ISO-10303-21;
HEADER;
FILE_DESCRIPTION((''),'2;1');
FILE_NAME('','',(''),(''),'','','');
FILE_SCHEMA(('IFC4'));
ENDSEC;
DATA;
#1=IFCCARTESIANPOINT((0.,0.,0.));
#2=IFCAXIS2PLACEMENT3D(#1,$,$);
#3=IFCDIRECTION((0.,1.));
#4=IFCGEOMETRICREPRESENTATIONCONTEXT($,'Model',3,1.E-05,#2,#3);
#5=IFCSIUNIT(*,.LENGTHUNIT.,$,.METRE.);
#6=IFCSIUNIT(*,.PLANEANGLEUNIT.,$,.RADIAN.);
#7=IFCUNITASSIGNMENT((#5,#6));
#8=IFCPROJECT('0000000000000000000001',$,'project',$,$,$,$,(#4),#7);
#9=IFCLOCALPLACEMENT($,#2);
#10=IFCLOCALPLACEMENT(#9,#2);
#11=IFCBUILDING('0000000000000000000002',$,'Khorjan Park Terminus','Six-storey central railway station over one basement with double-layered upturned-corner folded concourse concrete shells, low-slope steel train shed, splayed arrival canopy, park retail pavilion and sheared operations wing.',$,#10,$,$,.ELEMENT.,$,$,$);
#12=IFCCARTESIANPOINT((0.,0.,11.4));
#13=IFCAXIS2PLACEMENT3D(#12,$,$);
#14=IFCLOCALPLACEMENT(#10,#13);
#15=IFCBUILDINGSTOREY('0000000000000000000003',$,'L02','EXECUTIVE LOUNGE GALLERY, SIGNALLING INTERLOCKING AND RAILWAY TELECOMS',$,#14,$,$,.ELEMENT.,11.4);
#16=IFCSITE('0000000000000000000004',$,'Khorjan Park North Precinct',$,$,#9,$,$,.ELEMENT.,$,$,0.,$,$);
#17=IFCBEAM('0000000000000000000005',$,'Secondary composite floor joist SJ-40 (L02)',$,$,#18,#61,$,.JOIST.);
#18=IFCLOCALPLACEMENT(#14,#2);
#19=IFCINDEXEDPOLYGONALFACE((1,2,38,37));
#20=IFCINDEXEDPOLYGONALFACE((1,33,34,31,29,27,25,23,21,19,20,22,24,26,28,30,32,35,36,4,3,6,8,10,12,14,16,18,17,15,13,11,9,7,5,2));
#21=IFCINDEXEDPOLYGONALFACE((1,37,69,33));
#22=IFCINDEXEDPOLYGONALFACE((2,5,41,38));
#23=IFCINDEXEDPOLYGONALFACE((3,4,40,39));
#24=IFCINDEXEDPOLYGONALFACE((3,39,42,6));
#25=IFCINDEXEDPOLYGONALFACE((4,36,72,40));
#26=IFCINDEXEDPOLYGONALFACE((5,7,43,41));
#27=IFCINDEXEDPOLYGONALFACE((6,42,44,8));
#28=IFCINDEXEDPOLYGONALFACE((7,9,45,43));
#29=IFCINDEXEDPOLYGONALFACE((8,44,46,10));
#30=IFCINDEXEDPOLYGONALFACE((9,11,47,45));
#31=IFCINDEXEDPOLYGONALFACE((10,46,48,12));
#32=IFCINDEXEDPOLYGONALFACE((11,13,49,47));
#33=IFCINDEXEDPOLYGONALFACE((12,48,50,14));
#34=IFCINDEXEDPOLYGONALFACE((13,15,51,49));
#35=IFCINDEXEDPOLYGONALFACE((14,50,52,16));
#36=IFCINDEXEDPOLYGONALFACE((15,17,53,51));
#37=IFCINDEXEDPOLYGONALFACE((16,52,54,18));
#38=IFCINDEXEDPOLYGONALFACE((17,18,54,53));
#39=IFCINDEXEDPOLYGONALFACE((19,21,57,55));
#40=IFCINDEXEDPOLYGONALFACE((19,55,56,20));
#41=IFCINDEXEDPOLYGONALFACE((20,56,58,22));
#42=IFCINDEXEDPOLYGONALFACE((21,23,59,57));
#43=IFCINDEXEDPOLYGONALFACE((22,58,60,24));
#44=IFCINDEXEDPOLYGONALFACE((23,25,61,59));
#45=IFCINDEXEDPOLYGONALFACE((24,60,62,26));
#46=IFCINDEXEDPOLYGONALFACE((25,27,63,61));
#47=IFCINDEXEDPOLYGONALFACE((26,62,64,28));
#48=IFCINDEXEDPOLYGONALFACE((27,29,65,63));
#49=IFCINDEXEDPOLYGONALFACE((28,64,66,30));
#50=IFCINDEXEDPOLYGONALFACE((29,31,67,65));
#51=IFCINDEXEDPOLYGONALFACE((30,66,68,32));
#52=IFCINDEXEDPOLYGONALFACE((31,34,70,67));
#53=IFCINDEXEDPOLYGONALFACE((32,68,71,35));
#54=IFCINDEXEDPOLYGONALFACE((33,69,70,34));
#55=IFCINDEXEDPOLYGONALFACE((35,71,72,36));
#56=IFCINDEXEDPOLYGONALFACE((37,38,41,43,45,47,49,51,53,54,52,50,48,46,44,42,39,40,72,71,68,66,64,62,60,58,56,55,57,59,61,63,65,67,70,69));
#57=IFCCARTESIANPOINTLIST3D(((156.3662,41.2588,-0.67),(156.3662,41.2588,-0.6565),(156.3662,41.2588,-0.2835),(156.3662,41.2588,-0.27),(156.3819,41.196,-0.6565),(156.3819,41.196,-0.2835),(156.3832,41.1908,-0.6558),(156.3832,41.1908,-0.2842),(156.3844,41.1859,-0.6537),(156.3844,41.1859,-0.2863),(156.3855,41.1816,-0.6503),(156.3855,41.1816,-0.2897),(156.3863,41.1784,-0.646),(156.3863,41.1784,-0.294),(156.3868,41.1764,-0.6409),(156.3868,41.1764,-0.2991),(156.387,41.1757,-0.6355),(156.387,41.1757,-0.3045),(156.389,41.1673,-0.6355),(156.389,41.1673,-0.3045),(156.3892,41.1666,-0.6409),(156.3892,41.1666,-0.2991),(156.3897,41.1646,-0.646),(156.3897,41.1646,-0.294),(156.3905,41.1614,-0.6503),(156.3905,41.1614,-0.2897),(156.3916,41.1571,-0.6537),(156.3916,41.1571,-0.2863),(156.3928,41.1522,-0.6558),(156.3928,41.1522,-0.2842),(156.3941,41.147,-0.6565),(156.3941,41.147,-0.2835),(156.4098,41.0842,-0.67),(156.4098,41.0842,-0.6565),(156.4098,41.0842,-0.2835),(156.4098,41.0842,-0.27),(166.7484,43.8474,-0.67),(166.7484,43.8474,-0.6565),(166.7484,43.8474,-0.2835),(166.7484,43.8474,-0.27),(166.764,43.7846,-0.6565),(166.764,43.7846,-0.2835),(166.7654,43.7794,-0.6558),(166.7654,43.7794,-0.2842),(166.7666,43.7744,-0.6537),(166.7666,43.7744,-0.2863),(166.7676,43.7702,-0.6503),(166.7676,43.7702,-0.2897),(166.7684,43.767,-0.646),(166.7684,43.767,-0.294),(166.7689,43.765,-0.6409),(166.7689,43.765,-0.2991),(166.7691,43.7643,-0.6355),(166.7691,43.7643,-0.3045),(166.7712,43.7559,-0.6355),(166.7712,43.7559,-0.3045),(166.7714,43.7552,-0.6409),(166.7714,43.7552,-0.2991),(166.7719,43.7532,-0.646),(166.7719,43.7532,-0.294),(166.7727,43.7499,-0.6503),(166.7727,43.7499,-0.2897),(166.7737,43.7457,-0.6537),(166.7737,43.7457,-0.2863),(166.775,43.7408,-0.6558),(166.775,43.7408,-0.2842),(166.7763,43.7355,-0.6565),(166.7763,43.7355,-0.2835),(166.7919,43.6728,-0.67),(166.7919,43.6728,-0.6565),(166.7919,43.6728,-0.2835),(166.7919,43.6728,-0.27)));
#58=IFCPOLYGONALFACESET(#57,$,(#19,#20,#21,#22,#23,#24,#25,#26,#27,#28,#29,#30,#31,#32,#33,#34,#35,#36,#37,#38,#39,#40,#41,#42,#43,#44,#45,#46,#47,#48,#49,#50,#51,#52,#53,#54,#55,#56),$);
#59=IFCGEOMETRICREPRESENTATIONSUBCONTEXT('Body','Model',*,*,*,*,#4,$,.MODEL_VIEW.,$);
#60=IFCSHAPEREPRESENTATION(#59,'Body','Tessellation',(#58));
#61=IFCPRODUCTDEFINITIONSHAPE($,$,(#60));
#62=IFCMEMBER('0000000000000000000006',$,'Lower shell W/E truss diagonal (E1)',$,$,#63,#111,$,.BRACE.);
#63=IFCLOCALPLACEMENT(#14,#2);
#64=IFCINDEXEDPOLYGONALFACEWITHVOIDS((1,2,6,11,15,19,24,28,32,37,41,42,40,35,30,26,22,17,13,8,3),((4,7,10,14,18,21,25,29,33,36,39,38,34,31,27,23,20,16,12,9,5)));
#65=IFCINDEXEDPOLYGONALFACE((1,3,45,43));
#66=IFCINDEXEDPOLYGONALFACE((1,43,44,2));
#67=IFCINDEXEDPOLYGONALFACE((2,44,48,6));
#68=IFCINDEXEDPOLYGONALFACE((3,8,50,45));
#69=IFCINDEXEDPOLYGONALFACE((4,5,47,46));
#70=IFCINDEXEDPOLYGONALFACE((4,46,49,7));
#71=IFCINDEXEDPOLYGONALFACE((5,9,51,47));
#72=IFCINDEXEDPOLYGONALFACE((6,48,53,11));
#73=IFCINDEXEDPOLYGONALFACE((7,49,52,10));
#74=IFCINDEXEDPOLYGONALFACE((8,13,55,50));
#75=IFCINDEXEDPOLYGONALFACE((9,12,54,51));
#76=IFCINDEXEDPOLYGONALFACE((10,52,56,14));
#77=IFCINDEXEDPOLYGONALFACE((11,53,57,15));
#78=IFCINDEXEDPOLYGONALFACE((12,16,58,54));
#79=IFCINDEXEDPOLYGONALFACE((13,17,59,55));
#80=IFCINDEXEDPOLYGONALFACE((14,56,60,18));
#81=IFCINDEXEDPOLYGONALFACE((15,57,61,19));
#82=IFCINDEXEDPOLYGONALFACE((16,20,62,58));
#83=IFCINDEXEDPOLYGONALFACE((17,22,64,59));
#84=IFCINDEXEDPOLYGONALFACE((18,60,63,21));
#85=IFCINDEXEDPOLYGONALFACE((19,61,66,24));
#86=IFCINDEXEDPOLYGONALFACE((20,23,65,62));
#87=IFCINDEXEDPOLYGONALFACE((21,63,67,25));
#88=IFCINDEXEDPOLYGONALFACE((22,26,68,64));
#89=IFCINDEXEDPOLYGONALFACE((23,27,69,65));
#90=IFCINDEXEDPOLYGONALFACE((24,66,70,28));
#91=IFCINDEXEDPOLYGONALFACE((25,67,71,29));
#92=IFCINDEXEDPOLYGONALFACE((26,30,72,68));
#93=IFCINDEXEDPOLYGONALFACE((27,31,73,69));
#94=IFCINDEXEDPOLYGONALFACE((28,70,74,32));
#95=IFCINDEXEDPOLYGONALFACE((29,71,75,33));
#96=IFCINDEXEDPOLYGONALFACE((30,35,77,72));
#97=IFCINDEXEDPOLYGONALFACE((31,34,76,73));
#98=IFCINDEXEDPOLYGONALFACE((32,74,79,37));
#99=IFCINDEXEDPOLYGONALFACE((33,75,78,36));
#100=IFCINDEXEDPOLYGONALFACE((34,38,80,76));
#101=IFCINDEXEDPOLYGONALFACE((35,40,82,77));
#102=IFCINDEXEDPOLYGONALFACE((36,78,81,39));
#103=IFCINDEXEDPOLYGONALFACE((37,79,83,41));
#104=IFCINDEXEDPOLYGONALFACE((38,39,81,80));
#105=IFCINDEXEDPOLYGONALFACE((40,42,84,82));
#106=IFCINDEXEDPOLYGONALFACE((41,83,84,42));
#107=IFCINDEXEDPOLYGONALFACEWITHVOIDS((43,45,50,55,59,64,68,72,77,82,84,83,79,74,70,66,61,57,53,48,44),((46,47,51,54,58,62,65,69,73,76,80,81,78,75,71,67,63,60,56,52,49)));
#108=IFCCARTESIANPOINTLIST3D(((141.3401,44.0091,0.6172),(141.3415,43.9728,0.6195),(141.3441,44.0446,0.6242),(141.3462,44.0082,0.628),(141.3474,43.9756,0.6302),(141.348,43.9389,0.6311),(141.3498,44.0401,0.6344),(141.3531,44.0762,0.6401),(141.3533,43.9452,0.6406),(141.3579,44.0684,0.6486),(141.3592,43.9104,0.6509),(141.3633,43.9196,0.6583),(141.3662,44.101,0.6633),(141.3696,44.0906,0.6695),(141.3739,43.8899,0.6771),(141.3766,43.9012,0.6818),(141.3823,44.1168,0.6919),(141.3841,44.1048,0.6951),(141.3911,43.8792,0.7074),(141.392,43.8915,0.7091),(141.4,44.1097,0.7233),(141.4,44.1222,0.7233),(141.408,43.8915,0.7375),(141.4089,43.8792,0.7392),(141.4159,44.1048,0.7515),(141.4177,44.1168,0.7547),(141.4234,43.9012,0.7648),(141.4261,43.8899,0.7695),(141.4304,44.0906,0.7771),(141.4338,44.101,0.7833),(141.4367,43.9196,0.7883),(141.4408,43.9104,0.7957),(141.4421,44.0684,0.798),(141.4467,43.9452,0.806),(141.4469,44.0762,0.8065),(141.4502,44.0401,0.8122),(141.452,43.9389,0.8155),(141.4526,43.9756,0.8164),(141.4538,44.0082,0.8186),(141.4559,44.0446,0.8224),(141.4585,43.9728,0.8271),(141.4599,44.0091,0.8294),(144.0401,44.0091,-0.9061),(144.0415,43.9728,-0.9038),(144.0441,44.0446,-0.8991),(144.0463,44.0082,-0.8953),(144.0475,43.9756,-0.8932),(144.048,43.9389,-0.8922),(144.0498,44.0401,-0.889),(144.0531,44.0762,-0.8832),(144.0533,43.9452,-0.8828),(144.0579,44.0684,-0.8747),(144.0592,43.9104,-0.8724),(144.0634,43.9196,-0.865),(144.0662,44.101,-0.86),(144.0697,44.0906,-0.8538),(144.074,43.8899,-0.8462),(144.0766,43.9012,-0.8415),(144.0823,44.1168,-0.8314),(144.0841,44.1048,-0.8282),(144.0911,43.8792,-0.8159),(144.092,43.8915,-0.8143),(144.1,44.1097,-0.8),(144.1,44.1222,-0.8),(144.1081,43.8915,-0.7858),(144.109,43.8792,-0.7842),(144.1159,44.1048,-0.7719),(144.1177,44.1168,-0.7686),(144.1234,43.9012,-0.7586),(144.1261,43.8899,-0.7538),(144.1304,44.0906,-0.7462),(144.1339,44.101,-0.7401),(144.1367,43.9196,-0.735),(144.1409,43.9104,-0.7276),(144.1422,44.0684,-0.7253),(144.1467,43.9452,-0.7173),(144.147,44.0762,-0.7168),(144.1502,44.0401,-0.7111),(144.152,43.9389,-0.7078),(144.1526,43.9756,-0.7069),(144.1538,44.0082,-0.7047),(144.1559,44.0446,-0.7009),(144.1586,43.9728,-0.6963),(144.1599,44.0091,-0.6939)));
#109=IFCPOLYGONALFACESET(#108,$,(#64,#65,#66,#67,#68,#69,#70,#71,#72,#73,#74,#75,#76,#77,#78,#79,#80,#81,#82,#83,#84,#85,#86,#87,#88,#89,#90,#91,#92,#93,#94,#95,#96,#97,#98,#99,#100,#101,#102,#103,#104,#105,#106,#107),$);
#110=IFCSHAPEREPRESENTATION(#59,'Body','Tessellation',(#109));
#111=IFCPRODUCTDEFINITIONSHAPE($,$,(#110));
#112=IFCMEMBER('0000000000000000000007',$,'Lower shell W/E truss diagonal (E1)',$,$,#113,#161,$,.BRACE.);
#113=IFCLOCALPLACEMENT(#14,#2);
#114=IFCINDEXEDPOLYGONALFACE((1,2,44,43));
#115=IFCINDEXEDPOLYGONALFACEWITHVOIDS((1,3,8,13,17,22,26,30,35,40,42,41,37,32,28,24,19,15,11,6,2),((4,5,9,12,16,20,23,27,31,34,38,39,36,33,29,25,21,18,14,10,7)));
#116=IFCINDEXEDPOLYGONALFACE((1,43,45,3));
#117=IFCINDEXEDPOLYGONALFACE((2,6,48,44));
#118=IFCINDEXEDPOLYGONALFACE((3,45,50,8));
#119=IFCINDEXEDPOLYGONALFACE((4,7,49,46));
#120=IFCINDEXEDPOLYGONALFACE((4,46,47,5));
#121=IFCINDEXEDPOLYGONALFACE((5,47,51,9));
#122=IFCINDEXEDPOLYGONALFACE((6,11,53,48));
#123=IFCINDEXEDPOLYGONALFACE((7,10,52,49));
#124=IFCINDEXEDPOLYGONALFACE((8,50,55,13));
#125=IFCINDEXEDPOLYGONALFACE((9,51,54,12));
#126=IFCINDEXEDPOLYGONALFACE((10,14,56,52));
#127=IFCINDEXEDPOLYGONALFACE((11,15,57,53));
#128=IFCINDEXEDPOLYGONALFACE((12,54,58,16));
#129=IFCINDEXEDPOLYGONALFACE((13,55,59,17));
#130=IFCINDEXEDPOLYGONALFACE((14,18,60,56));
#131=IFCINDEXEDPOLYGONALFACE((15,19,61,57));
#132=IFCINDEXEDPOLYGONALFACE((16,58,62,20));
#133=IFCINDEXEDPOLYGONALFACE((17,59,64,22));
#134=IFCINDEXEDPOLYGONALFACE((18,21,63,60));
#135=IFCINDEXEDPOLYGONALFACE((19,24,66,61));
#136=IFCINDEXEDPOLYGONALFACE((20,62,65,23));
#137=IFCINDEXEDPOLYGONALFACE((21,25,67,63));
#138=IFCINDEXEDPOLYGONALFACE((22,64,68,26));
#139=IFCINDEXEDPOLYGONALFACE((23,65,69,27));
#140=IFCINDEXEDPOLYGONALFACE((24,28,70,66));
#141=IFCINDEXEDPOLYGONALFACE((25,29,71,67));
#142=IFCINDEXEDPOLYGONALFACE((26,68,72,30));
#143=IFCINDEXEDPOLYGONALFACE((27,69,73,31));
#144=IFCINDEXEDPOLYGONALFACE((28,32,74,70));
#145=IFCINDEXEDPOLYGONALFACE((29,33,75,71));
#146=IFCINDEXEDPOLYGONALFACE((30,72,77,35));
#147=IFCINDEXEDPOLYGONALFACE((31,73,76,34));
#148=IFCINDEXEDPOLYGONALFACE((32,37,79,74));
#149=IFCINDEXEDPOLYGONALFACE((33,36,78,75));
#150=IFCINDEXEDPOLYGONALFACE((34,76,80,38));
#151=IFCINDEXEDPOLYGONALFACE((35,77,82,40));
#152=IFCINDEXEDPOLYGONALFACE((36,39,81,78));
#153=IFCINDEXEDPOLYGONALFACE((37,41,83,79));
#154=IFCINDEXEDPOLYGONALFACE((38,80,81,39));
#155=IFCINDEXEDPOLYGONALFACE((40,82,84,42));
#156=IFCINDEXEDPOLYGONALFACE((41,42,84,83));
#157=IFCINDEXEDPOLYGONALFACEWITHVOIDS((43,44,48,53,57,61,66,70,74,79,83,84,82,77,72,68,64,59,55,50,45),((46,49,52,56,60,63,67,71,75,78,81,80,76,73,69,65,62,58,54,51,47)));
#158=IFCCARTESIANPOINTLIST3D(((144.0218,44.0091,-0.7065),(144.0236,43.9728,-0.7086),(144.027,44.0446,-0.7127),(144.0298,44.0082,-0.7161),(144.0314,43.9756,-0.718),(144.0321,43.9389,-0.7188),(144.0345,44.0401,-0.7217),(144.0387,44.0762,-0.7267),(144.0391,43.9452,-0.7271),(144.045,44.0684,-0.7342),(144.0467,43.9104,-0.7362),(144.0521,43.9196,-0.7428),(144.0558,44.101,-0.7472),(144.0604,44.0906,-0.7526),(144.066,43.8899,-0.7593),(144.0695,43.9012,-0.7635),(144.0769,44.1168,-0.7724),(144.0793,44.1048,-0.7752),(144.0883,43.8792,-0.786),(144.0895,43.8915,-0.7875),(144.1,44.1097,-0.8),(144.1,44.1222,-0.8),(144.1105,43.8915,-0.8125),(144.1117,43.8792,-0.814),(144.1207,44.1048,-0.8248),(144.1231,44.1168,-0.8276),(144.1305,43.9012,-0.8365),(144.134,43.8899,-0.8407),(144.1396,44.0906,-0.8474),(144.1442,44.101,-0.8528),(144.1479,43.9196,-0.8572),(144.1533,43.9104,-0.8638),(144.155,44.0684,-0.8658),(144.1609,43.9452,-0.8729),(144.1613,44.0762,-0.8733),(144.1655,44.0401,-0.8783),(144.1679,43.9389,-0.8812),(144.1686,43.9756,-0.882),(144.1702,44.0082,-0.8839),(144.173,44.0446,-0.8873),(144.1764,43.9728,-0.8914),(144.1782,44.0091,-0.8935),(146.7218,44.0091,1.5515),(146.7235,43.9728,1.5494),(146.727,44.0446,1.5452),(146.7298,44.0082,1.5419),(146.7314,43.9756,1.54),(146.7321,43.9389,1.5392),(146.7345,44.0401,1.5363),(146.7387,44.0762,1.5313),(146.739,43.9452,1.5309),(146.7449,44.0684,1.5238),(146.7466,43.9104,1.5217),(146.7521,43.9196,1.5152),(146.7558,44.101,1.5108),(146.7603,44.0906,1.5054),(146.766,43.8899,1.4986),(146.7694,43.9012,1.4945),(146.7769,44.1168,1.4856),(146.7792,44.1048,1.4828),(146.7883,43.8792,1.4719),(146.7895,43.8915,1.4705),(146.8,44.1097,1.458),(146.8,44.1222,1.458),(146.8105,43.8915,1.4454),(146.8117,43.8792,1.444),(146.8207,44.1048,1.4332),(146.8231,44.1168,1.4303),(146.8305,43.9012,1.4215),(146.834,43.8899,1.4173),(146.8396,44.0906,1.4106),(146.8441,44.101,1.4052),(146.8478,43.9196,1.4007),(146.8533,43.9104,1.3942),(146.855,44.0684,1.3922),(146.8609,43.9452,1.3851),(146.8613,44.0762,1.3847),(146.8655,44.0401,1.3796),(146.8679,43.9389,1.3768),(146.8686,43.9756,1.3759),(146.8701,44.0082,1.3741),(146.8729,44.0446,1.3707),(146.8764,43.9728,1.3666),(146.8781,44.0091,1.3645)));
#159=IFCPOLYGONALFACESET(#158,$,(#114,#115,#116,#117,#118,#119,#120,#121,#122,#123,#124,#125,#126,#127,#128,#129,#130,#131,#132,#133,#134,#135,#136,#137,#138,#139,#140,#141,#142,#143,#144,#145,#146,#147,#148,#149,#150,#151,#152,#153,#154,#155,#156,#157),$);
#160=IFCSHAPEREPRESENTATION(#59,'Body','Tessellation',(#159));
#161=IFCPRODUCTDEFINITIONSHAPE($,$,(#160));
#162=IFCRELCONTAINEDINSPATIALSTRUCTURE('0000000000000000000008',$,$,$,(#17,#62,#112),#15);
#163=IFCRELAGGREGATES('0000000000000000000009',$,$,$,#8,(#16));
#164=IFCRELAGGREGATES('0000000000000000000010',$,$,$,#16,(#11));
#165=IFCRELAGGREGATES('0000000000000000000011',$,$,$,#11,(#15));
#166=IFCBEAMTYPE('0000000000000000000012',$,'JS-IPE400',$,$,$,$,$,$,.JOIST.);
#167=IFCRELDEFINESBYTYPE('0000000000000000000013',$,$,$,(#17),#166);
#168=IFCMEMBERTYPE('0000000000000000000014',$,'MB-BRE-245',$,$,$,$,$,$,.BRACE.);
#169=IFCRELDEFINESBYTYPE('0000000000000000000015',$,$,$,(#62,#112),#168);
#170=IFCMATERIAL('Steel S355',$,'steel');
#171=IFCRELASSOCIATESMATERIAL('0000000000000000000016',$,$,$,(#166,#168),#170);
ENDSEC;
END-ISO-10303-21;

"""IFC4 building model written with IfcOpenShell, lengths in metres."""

from ifc_helpers import new_model, si_unit, direction, frame, origin, origin_2d, place, context, subcontext, project, spatial, hollow_circle, i_section, extrude, material, material_profile, profile_set, type_object, element, save


model = new_model("IFC4")

# Units and contexts
model_context = context("Model", 3, precision=1e-05, world=origin(), true_north=direction((0.0, 1.0)))
body_context = subcontext(model_context, "Body", "Model", "MODEL_VIEW")
ifc_project = project(units=[si_unit("LENGTHUNIT", "METRE"), si_unit("PLANEANGLEUNIT", "RADIAN")], contexts=[model_context])

# Site, building, storey
site_placement = place(None, origin())
site = spatial("IfcSite", under=ifc_project, at=site_placement, Name="Khorjan Park North Precinct", CompositionType="ELEMENT", RefElevation=0.0)
building_placement = place(site_placement, origin())
building = spatial("IfcBuilding", under=site, at=building_placement, Name="Khorjan Park Terminus", Description="Six-storey central railway station over one basement with double-layered upturned-corner folded concourse concrete shells, low-slope steel train shed, splayed arrival canopy, park retail pavilion and sheared operations wing.", CompositionType="ELEMENT")
storey_placement = place(building_placement, frame((0.0, 0.0, 11.4)))
storey = spatial("IfcBuildingStorey", under=building, at=storey_placement, Name="L02", Description="EXECUTIVE LOUNGE GALLERY, SIGNALLING INTERLOCKING AND RAILWAY TELECOMS", CompositionType="ELEMENT", Elevation=11.4)

# Beam
ifc_material_1 = material(Name="Steel S355", Category="steel")
ifc_material_profile_1 = material_profile(ifc_material_1, i_section(OverallWidth=0.18, OverallDepth=0.4, WebThickness=0.0086, FlangeThickness=0.0135, FilletRadius=0.021, at=origin_2d()), Name="IPE 400")
ifc_profile_set_1 = profile_set([ifc_material_profile_1], Name="Steel S355")
beam_type_1 = type_object("IfcBeamType", Name="JS-IPE400", PredefinedType="JOIST", material=ifc_profile_set_1)
beam_1_placement = place(storey_placement, frame((156.388, 41.1715, -0.47), z_axis=(0.970295, 0.241924, 0.0), x_axis=(-0.241924, 0.970295, 0.0)))
element("IfcBeam", 1, at=beam_1_placement, inside=storey, type_object=beam_type_1, Name="Secondary composite floor joist SJ-40 (L02)", PredefinedType="JOIST", context=body_context, shape_type="SweptSolid", body=[
    extrude(i_section(OverallWidth=0.18, OverallDepth=0.4, WebThickness=0.0086, FlangeThickness=0.0135, FilletRadius=0.021, at=origin_2d()), origin(), (0.0, 0.0, 1.0), 10.7),
])

# Members
ifc_material_profile_2 = material_profile(ifc_material_1, hollow_circle(Radius=0.1222, WallThickness=0.0125, at=origin_2d()), Name="CHS 244.5x12.5")
ifc_profile_set_2 = profile_set([ifc_material_profile_2], Name="Steel S355")
member_type_1 = type_object("IfcMemberType", Name="MB-BRE-245", PredefinedType="BRACE", material=ifc_profile_set_2)
member_1_placement = place(storey_placement, frame((141.4, 44.0, 0.7233), z_axis=(0.870948, 0.0, -0.491376), x_axis=(0.0, 1.0, 0.0)))
element("IfcMember", 2, at=member_1_placement, inside=storey, type_object=member_type_1, Name="Lower shell W/E truss diagonal (E1)", PredefinedType="BRACE", context=body_context, shape_type="SweptSolid", body=[
    extrude(hollow_circle(Radius=0.1222, WallThickness=0.0125, at=origin_2d()), origin(), (0.0, 0.0, 1.0), 3.1001),
])
member_2_placement = place(storey_placement, frame((144.1, 44.0, -0.8), z_axis=(0.767102, 0.0, 0.641525), x_axis=(0.0, 1.0, 0.0)))
element("IfcMember", 3, at=member_2_placement, inside=storey, type_object=member_type_1, Name="Lower shell W/E truss diagonal (E1)", PredefinedType="BRACE", context=body_context, shape_type="SweptSolid", body=[
    extrude(hollow_circle(Radius=0.1222, WallThickness=0.0125, at=origin_2d()), origin(), (0.0, 0.0, 1.0), 3.5197),
])

save(model, "model.ifc")
